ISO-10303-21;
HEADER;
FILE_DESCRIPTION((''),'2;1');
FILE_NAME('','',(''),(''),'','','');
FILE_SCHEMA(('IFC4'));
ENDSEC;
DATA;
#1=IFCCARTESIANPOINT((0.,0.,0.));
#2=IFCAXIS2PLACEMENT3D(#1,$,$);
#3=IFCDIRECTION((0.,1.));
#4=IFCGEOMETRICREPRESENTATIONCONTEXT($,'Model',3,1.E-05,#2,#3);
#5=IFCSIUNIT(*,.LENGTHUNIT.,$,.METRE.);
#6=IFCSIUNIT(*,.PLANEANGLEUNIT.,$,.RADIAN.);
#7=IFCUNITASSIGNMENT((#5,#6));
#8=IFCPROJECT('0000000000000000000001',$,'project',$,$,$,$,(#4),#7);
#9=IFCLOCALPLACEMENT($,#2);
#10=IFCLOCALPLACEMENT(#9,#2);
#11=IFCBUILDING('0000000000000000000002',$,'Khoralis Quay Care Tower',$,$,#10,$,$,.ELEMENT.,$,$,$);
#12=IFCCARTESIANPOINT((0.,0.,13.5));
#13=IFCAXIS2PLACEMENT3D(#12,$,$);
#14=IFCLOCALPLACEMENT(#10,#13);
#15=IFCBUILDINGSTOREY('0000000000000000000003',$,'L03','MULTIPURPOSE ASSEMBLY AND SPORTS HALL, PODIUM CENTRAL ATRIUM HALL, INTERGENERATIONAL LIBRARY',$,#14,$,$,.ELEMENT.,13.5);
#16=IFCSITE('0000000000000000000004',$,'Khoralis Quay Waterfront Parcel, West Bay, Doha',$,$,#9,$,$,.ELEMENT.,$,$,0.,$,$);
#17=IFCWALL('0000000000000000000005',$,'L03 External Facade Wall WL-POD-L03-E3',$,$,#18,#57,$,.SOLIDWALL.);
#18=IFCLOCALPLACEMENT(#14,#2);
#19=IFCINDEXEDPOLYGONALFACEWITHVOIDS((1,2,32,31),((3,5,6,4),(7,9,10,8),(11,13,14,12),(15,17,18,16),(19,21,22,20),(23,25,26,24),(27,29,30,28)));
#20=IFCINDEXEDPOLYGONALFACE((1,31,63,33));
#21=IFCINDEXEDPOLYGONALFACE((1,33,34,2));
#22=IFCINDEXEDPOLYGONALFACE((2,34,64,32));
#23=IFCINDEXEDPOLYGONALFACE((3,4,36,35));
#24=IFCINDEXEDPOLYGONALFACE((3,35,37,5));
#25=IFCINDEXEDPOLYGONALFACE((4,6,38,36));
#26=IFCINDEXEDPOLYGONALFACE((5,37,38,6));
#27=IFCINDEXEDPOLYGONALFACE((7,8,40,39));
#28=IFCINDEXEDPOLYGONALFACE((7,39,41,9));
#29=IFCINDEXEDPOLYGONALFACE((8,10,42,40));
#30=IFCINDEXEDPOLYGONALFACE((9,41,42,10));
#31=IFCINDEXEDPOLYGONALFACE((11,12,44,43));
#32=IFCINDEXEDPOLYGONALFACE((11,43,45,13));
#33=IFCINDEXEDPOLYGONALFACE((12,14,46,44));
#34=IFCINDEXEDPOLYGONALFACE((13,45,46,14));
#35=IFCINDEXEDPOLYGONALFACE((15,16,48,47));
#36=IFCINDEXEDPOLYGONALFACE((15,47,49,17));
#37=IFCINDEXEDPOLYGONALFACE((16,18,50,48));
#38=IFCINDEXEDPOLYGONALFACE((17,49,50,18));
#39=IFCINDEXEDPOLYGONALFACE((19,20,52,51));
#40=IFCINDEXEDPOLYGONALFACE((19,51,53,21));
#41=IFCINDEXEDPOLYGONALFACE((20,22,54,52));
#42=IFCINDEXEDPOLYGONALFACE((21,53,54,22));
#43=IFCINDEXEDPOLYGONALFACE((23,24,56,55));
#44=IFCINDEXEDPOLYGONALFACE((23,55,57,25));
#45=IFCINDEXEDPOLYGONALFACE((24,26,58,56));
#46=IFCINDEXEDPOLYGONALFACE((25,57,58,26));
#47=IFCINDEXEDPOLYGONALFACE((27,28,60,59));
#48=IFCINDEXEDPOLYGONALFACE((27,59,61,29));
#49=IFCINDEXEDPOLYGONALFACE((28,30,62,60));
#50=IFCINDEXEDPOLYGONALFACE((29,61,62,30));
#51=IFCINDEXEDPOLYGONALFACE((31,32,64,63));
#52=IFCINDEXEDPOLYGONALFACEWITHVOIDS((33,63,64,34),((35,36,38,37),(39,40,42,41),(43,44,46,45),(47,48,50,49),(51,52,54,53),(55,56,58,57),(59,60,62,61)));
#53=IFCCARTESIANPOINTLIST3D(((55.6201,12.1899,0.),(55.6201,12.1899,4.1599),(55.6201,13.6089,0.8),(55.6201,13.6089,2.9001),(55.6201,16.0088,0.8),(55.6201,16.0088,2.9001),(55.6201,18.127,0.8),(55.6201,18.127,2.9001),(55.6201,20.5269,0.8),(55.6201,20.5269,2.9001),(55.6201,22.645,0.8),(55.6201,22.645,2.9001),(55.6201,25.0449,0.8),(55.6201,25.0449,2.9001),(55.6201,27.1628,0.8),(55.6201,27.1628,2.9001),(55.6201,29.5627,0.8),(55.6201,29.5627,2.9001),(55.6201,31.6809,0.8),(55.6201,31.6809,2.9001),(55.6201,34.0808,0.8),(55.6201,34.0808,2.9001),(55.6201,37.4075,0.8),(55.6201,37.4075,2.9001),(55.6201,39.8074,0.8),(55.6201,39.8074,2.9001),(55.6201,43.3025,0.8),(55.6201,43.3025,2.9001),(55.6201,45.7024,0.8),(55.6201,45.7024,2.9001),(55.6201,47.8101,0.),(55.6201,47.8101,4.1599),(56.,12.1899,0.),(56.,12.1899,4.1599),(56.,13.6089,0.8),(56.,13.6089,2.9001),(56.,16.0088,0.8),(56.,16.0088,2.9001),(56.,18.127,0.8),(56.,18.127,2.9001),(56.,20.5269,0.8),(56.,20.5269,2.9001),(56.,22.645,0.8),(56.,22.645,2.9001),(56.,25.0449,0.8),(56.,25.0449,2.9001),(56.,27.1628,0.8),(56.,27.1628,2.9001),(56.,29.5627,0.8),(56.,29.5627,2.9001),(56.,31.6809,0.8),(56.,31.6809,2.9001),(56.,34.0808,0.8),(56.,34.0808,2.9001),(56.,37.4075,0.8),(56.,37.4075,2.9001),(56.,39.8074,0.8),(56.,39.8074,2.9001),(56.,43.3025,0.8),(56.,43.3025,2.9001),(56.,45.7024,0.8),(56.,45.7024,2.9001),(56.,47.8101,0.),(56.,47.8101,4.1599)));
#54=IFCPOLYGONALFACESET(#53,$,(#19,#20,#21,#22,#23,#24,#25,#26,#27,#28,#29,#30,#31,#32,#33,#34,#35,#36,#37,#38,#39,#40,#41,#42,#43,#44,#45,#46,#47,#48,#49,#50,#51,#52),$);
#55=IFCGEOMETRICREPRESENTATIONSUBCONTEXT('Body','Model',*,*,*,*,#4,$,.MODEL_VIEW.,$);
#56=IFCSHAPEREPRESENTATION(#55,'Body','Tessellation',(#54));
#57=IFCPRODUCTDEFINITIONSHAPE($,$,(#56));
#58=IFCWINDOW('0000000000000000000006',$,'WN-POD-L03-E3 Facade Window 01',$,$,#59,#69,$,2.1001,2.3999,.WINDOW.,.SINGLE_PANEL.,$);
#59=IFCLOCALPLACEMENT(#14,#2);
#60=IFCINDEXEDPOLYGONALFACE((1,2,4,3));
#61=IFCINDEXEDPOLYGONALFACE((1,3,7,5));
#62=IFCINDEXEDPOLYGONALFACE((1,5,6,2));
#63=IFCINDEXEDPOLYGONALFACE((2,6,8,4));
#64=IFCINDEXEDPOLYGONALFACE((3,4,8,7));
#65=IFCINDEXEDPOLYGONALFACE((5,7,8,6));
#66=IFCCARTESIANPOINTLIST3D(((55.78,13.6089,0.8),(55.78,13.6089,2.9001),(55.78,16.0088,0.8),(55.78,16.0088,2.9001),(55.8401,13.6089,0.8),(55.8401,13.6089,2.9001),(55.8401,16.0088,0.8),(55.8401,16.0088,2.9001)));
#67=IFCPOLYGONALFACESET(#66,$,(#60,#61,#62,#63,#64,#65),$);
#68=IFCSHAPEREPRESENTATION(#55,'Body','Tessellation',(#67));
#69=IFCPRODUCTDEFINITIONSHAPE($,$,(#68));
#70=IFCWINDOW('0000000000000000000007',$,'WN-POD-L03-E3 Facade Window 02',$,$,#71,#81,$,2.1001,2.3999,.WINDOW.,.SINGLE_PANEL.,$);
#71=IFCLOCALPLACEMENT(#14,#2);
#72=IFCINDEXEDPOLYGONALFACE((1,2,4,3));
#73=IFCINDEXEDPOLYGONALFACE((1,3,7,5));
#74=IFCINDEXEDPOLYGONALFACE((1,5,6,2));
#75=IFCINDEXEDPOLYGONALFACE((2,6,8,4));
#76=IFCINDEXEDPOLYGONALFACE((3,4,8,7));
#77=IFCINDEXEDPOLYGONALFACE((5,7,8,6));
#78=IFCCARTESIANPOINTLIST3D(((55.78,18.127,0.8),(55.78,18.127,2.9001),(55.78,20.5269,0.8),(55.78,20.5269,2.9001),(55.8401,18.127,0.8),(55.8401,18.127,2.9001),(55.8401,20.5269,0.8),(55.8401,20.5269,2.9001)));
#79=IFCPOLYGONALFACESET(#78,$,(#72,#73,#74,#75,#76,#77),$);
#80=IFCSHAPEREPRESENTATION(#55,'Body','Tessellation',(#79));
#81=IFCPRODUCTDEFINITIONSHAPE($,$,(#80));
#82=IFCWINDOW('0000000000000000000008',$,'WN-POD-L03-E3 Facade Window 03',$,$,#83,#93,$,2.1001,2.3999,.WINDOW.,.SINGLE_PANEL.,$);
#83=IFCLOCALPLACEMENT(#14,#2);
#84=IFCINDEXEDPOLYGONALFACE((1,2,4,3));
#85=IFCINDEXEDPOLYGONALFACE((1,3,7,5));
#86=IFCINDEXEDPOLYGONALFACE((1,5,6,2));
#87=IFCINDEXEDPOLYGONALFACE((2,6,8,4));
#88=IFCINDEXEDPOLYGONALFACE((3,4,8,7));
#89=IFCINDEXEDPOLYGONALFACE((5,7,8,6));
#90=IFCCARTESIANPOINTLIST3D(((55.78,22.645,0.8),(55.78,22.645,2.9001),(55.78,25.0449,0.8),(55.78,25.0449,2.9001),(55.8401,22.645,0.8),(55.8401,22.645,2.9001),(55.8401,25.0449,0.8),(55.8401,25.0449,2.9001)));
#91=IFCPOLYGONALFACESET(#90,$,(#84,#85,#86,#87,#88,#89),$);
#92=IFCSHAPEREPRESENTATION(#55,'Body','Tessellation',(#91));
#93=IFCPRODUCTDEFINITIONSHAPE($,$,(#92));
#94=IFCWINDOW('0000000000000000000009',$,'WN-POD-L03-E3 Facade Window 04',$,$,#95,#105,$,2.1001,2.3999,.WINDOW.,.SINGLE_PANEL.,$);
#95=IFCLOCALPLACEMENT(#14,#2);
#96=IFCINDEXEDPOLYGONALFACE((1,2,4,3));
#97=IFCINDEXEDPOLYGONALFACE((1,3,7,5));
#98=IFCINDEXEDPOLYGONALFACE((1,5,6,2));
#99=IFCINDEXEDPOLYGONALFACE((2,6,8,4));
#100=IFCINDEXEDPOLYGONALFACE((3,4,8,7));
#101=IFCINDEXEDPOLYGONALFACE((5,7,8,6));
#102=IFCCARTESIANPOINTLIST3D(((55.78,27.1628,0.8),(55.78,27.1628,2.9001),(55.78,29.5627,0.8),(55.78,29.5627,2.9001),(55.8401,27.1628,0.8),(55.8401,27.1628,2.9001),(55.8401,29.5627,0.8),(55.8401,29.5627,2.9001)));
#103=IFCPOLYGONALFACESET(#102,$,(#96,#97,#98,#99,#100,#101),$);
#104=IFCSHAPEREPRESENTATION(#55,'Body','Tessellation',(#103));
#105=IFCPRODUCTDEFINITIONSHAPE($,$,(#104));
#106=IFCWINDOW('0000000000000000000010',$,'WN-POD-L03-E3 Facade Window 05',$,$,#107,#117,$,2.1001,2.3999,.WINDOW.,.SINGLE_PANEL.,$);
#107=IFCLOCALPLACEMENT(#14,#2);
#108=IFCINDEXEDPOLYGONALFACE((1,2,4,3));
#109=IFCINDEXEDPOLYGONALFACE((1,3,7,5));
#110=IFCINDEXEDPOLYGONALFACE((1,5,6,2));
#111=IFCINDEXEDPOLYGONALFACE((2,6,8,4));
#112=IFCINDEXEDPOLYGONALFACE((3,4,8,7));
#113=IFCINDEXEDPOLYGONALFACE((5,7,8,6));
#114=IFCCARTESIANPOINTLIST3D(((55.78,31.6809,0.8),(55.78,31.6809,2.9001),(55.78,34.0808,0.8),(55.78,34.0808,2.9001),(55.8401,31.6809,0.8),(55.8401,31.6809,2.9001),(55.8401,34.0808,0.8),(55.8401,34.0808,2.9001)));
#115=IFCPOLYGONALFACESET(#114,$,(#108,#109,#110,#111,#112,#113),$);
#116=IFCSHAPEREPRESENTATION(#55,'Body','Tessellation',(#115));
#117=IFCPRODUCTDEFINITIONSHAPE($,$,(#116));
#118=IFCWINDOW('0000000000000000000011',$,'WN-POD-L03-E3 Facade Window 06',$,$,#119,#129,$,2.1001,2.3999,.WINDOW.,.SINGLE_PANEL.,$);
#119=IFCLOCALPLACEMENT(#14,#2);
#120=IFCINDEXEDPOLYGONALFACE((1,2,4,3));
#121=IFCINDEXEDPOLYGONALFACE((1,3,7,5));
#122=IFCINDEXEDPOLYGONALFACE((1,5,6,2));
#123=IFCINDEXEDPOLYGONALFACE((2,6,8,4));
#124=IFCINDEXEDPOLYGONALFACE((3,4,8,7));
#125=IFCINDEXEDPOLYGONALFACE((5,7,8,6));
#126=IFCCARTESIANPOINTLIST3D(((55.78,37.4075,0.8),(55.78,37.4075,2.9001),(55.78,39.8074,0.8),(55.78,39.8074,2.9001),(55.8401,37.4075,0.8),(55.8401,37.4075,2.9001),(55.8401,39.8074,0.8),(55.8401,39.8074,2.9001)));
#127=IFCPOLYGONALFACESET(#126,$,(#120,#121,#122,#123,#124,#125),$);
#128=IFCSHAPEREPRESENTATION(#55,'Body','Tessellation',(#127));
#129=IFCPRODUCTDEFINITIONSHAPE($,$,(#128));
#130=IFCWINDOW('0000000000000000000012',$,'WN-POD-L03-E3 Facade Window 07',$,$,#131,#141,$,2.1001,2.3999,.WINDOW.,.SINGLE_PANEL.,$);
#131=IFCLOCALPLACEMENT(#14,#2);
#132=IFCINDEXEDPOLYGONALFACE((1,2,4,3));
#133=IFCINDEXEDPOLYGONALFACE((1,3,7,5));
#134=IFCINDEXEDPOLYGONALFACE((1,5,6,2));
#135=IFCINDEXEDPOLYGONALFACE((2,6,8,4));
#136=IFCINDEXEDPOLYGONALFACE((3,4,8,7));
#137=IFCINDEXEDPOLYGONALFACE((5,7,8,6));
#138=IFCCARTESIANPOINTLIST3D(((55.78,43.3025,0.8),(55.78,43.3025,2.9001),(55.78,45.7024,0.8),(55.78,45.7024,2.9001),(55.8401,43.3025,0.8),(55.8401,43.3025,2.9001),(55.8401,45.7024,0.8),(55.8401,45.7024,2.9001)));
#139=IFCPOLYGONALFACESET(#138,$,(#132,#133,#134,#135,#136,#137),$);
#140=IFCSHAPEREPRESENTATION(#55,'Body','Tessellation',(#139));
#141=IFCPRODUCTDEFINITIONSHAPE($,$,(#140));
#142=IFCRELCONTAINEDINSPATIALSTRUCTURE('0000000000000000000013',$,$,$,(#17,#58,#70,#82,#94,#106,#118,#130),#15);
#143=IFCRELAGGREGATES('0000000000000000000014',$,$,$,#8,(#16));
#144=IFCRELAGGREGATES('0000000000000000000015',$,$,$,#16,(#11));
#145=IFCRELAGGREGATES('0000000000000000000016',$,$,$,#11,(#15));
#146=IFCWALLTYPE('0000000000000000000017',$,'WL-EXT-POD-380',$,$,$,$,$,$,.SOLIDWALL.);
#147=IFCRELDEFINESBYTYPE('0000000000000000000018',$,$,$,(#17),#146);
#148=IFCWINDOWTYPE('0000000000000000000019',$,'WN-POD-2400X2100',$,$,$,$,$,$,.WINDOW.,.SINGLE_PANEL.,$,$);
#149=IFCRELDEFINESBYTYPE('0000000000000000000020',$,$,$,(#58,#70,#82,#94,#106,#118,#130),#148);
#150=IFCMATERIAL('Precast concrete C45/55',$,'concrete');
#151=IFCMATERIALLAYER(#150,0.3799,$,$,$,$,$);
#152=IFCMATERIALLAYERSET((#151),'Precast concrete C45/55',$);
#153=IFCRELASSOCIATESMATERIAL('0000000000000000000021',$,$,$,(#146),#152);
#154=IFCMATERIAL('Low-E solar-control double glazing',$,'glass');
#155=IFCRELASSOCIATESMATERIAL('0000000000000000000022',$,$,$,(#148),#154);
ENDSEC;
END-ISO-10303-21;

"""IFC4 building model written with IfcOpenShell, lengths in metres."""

from ifc_helpers import new_model, si_unit, direction, frame, frame_2d, origin, place, context, subcontext, project, spatial, rectangle, extrude, source, transform, mapped, material, layer, layer_set, type_object, element, fill, save


model = new_model("IFC4")

# Units and contexts
model_context = context("Model", 3, precision=1e-05, world=origin(), true_north=direction((0.0, 1.0)))
body_context = subcontext(model_context, "Body", "Model", "MODEL_VIEW")
ifc_project = project(units=[si_unit("LENGTHUNIT", "METRE"), si_unit("PLANEANGLEUNIT", "RADIAN")], contexts=[model_context])

# Site, building, storey
site_placement = place(None, origin())
site = spatial("IfcSite", under=ifc_project, at=site_placement, Name="Khoralis Quay Waterfront Parcel, West Bay, Doha", CompositionType="ELEMENT", RefElevation=0.0)
building_placement = place(site_placement, origin())
building = spatial("IfcBuilding", under=site, at=building_placement, Name="Khoralis Quay Care Tower", CompositionType="ELEMENT")
storey_placement = place(building_placement, frame((0.0, 0.0, 13.5)))
storey = spatial("IfcBuildingStorey", under=building, at=storey_placement, Name="L03", Description="MULTIPURPOSE ASSEMBLY AND SPORTS HALL, PODIUM CENTRAL ATRIUM HALL, INTERGENERATIONAL LIBRARY", CompositionType="ELEMENT", Elevation=13.5)

# Wall, openings, windows
ifc_material_1 = material(Name="Precast concrete C45/55", Category="concrete")
ifc_layer_1 = layer(ifc_material_1, 0.3799)
ifc_layer_set_1 = layer_set([ifc_layer_1], Name="Precast concrete C45/55")
wall_type_1 = type_object("IfcWallType", Name="WL-EXT-POD-380", PredefinedType="SOLIDWALL", material=ifc_layer_set_1)
wall_1_placement = place(storey_placement, frame((55.8101, 12.1899, 0.0), z_axis=(0.0, 0.0, 1.0), x_axis=(0.0, 1.0, 0.0)))
wall_1 = element("IfcWall", 1, at=wall_1_placement, inside=storey, type_object=wall_type_1, Name="L03 External Facade Wall WL-POD-L03-E3", PredefinedType="SOLIDWALL", context=body_context, shape_type="SweptSolid", body=[
    extrude(rectangle(XDim=35.6201, YDim=0.3799, at=frame_2d((17.8101, 0.0))), origin(), (0.0, 0.0, 1.0), 4.1599),
])
opening_1_placement = place(wall_1_placement, frame((1.4189, 0.0, 0.8)))
opening_1 = element("IfcOpeningElement", 2, at=opening_1_placement, cuts=wall_1, PredefinedType="OPENING", context=body_context, shape_type="SweptSolid", body=[
    extrude(rectangle(XDim=2.3999, YDim=2.1001, at=frame_2d((1.2, 1.05))), frame((0.0, 0.2, 0.0), z_axis=(0.0, -1.0, 0.0), x_axis=(1.0, 0.0, 0.0)), (0.0, 0.0, 1.0), 0.3999),
])
opening_2_placement = place(wall_1_placement, frame((5.937, 0.0, 0.8)))
opening_2 = element("IfcOpeningElement", 3, at=opening_2_placement, cuts=wall_1, PredefinedType="OPENING", context=body_context, shape_type="SweptSolid", body=[
    extrude(rectangle(XDim=2.3999, YDim=2.1001, at=frame_2d((1.2, 1.05))), frame((0.0, 0.2, 0.0), z_axis=(0.0, -1.0, 0.0), x_axis=(1.0, 0.0, 0.0)), (0.0, 0.0, 1.0), 0.3999),
])
opening_3_placement = place(wall_1_placement, frame((10.4551, 0.0, 0.8)))
opening_3 = element("IfcOpeningElement", 4, at=opening_3_placement, cuts=wall_1, PredefinedType="OPENING", context=body_context, shape_type="SweptSolid", body=[
    extrude(rectangle(XDim=2.3999, YDim=2.1001, at=frame_2d((1.2, 1.05))), frame((0.0, 0.2, 0.0), z_axis=(0.0, -1.0, 0.0), x_axis=(1.0, 0.0, 0.0)), (0.0, 0.0, 1.0), 0.3999),
])
opening_4_placement = place(wall_1_placement, frame((14.9729, 0.0, 0.8)))
opening_4 = element("IfcOpeningElement", 5, at=opening_4_placement, cuts=wall_1, PredefinedType="OPENING", context=body_context, shape_type="SweptSolid", body=[
    extrude(rectangle(XDim=2.3999, YDim=2.1001, at=frame_2d((1.2, 1.05))), frame((0.0, 0.2, 0.0), z_axis=(0.0, -1.0, 0.0), x_axis=(1.0, 0.0, 0.0)), (0.0, 0.0, 1.0), 0.3999),
])
opening_5_placement = place(wall_1_placement, frame((19.491, 0.0, 0.8)))
opening_5 = element("IfcOpeningElement", 6, at=opening_5_placement, cuts=wall_1, PredefinedType="OPENING", context=body_context, shape_type="SweptSolid", body=[
    extrude(rectangle(XDim=2.3999, YDim=2.1001, at=frame_2d((1.2, 1.05))), frame((0.0, 0.2, 0.0), z_axis=(0.0, -1.0, 0.0), x_axis=(1.0, 0.0, 0.0)), (0.0, 0.0, 1.0), 0.3999),
])
opening_6_placement = place(wall_1_placement, frame((25.2175, 0.0, 0.8)))
opening_6 = element("IfcOpeningElement", 7, at=opening_6_placement, cuts=wall_1, PredefinedType="OPENING", context=body_context, shape_type="SweptSolid", body=[
    extrude(rectangle(XDim=2.3999, YDim=2.1001, at=frame_2d((1.2, 1.05))), frame((0.0, 0.2, 0.0), z_axis=(0.0, -1.0, 0.0), x_axis=(1.0, 0.0, 0.0)), (0.0, 0.0, 1.0), 0.3999),
])
opening_7_placement = place(wall_1_placement, frame((31.1125, 0.0, 0.8)))
opening_7 = element("IfcOpeningElement", 8, at=opening_7_placement, cuts=wall_1, PredefinedType="OPENING", context=body_context, shape_type="SweptSolid", body=[
    extrude(rectangle(XDim=2.3999, YDim=2.1001, at=frame_2d((1.2, 1.05))), frame((0.0, 0.2, 0.0), z_axis=(0.0, -1.0, 0.0), x_axis=(1.0, 0.0, 0.0)), (0.0, 0.0, 1.0), 0.3999),
])
ifc_material_2 = material(Name="Low-E solar-control double glazing", Category="glass")
window_type_1 = type_object("IfcWindowType", Name="WN-POD-2400X2100", PartitioningType="SINGLE_PANEL", PredefinedType="WINDOW", material=ifc_material_2)
shared_shape_1 = source(origin(), body_context, "Body", "SweptSolid", [
    extrude(rectangle(XDim=2.3999, YDim=2.1001, at=frame_2d((1.2, 1.05))), frame((0.0, 0.03, 0.0), z_axis=(0.0, -1.0, 0.0), x_axis=(1.0, 0.0, 0.0)), (0.0, 0.0, 1.0), 0.0601),
])
window_1_placement = place(opening_1_placement, origin())
window_1 = element("IfcWindow", 9, at=window_1_placement, inside=storey, type_object=window_type_1, Name="WN-POD-L03-E3 Facade Window 01", OverallHeight=2.1001, OverallWidth=2.3999, PartitioningType="SINGLE_PANEL", PredefinedType="WINDOW", context=body_context, shape_type="MappedRepresentation", body=[
    mapped(shared_shape_1, transform((0.0, 0.0, 0.0), scale=1.0)),
])
fill(opening_1, window_1)
window_2_placement = place(opening_2_placement, origin())
window_2 = element("IfcWindow", 10, at=window_2_placement, inside=storey, type_object=window_type_1, Name="WN-POD-L03-E3 Facade Window 02", OverallHeight=2.1001, OverallWidth=2.3999, PartitioningType="SINGLE_PANEL", PredefinedType="WINDOW", context=body_context, shape_type="MappedRepresentation", body=[
    mapped(shared_shape_1, transform((0.0, 0.0, 0.0), scale=1.0)),
])
fill(opening_2, window_2)
window_3_placement = place(opening_3_placement, origin())
window_3 = element("IfcWindow", 11, at=window_3_placement, inside=storey, type_object=window_type_1, Name="WN-POD-L03-E3 Facade Window 03", OverallHeight=2.1001, OverallWidth=2.3999, PartitioningType="SINGLE_PANEL", PredefinedType="WINDOW", context=body_context, shape_type="MappedRepresentation", body=[
    mapped(shared_shape_1, transform((0.0, 0.0, 0.0), scale=1.0)),
])
fill(opening_3, window_3)
window_4_placement = place(opening_4_placement, origin())
window_4 = element("IfcWindow", 12, at=window_4_placement, inside=storey, type_object=window_type_1, Name="WN-POD-L03-E3 Facade Window 04", OverallHeight=2.1001, OverallWidth=2.3999, PartitioningType="SINGLE_PANEL", PredefinedType="WINDOW", context=body_context, shape_type="MappedRepresentation", body=[
    mapped(shared_shape_1, transform((0.0, 0.0, 0.0), scale=1.0)),
])
fill(opening_4, window_4)
window_5_placement = place(opening_5_placement, origin())
window_5 = element("IfcWindow", 13, at=window_5_placement, inside=storey, type_object=window_type_1, Name="WN-POD-L03-E3 Facade Window 05", OverallHeight=2.1001, OverallWidth=2.3999, PartitioningType="SINGLE_PANEL", PredefinedType="WINDOW", context=body_context, shape_type="MappedRepresentation", body=[
    mapped(shared_shape_1, transform((0.0, 0.0, 0.0), scale=1.0)),
])
fill(opening_5, window_5)
window_6_placement = place(opening_6_placement, origin())
window_6 = element("IfcWindow", 14, at=window_6_placement, inside=storey, type_object=window_type_1, Name="WN-POD-L03-E3 Facade Window 06", OverallHeight=2.1001, OverallWidth=2.3999, PartitioningType="SINGLE_PANEL", PredefinedType="WINDOW", context=body_context, shape_type="MappedRepresentation", body=[
    mapped(shared_shape_1, transform((0.0, 0.0, 0.0), scale=1.0)),
])
fill(opening_6, window_6)
window_7_placement = place(opening_7_placement, origin())
window_7 = element("IfcWindow", 15, at=window_7_placement, inside=storey, type_object=window_type_1, Name="WN-POD-L03-E3 Facade Window 07", OverallHeight=2.1001, OverallWidth=2.3999, PartitioningType="SINGLE_PANEL", PredefinedType="WINDOW", context=body_context, shape_type="MappedRepresentation", body=[
    mapped(shared_shape_1, transform((0.0, 0.0, 0.0), scale=1.0)),
])
fill(opening_7, window_7)

save(model, "model.ifc")
